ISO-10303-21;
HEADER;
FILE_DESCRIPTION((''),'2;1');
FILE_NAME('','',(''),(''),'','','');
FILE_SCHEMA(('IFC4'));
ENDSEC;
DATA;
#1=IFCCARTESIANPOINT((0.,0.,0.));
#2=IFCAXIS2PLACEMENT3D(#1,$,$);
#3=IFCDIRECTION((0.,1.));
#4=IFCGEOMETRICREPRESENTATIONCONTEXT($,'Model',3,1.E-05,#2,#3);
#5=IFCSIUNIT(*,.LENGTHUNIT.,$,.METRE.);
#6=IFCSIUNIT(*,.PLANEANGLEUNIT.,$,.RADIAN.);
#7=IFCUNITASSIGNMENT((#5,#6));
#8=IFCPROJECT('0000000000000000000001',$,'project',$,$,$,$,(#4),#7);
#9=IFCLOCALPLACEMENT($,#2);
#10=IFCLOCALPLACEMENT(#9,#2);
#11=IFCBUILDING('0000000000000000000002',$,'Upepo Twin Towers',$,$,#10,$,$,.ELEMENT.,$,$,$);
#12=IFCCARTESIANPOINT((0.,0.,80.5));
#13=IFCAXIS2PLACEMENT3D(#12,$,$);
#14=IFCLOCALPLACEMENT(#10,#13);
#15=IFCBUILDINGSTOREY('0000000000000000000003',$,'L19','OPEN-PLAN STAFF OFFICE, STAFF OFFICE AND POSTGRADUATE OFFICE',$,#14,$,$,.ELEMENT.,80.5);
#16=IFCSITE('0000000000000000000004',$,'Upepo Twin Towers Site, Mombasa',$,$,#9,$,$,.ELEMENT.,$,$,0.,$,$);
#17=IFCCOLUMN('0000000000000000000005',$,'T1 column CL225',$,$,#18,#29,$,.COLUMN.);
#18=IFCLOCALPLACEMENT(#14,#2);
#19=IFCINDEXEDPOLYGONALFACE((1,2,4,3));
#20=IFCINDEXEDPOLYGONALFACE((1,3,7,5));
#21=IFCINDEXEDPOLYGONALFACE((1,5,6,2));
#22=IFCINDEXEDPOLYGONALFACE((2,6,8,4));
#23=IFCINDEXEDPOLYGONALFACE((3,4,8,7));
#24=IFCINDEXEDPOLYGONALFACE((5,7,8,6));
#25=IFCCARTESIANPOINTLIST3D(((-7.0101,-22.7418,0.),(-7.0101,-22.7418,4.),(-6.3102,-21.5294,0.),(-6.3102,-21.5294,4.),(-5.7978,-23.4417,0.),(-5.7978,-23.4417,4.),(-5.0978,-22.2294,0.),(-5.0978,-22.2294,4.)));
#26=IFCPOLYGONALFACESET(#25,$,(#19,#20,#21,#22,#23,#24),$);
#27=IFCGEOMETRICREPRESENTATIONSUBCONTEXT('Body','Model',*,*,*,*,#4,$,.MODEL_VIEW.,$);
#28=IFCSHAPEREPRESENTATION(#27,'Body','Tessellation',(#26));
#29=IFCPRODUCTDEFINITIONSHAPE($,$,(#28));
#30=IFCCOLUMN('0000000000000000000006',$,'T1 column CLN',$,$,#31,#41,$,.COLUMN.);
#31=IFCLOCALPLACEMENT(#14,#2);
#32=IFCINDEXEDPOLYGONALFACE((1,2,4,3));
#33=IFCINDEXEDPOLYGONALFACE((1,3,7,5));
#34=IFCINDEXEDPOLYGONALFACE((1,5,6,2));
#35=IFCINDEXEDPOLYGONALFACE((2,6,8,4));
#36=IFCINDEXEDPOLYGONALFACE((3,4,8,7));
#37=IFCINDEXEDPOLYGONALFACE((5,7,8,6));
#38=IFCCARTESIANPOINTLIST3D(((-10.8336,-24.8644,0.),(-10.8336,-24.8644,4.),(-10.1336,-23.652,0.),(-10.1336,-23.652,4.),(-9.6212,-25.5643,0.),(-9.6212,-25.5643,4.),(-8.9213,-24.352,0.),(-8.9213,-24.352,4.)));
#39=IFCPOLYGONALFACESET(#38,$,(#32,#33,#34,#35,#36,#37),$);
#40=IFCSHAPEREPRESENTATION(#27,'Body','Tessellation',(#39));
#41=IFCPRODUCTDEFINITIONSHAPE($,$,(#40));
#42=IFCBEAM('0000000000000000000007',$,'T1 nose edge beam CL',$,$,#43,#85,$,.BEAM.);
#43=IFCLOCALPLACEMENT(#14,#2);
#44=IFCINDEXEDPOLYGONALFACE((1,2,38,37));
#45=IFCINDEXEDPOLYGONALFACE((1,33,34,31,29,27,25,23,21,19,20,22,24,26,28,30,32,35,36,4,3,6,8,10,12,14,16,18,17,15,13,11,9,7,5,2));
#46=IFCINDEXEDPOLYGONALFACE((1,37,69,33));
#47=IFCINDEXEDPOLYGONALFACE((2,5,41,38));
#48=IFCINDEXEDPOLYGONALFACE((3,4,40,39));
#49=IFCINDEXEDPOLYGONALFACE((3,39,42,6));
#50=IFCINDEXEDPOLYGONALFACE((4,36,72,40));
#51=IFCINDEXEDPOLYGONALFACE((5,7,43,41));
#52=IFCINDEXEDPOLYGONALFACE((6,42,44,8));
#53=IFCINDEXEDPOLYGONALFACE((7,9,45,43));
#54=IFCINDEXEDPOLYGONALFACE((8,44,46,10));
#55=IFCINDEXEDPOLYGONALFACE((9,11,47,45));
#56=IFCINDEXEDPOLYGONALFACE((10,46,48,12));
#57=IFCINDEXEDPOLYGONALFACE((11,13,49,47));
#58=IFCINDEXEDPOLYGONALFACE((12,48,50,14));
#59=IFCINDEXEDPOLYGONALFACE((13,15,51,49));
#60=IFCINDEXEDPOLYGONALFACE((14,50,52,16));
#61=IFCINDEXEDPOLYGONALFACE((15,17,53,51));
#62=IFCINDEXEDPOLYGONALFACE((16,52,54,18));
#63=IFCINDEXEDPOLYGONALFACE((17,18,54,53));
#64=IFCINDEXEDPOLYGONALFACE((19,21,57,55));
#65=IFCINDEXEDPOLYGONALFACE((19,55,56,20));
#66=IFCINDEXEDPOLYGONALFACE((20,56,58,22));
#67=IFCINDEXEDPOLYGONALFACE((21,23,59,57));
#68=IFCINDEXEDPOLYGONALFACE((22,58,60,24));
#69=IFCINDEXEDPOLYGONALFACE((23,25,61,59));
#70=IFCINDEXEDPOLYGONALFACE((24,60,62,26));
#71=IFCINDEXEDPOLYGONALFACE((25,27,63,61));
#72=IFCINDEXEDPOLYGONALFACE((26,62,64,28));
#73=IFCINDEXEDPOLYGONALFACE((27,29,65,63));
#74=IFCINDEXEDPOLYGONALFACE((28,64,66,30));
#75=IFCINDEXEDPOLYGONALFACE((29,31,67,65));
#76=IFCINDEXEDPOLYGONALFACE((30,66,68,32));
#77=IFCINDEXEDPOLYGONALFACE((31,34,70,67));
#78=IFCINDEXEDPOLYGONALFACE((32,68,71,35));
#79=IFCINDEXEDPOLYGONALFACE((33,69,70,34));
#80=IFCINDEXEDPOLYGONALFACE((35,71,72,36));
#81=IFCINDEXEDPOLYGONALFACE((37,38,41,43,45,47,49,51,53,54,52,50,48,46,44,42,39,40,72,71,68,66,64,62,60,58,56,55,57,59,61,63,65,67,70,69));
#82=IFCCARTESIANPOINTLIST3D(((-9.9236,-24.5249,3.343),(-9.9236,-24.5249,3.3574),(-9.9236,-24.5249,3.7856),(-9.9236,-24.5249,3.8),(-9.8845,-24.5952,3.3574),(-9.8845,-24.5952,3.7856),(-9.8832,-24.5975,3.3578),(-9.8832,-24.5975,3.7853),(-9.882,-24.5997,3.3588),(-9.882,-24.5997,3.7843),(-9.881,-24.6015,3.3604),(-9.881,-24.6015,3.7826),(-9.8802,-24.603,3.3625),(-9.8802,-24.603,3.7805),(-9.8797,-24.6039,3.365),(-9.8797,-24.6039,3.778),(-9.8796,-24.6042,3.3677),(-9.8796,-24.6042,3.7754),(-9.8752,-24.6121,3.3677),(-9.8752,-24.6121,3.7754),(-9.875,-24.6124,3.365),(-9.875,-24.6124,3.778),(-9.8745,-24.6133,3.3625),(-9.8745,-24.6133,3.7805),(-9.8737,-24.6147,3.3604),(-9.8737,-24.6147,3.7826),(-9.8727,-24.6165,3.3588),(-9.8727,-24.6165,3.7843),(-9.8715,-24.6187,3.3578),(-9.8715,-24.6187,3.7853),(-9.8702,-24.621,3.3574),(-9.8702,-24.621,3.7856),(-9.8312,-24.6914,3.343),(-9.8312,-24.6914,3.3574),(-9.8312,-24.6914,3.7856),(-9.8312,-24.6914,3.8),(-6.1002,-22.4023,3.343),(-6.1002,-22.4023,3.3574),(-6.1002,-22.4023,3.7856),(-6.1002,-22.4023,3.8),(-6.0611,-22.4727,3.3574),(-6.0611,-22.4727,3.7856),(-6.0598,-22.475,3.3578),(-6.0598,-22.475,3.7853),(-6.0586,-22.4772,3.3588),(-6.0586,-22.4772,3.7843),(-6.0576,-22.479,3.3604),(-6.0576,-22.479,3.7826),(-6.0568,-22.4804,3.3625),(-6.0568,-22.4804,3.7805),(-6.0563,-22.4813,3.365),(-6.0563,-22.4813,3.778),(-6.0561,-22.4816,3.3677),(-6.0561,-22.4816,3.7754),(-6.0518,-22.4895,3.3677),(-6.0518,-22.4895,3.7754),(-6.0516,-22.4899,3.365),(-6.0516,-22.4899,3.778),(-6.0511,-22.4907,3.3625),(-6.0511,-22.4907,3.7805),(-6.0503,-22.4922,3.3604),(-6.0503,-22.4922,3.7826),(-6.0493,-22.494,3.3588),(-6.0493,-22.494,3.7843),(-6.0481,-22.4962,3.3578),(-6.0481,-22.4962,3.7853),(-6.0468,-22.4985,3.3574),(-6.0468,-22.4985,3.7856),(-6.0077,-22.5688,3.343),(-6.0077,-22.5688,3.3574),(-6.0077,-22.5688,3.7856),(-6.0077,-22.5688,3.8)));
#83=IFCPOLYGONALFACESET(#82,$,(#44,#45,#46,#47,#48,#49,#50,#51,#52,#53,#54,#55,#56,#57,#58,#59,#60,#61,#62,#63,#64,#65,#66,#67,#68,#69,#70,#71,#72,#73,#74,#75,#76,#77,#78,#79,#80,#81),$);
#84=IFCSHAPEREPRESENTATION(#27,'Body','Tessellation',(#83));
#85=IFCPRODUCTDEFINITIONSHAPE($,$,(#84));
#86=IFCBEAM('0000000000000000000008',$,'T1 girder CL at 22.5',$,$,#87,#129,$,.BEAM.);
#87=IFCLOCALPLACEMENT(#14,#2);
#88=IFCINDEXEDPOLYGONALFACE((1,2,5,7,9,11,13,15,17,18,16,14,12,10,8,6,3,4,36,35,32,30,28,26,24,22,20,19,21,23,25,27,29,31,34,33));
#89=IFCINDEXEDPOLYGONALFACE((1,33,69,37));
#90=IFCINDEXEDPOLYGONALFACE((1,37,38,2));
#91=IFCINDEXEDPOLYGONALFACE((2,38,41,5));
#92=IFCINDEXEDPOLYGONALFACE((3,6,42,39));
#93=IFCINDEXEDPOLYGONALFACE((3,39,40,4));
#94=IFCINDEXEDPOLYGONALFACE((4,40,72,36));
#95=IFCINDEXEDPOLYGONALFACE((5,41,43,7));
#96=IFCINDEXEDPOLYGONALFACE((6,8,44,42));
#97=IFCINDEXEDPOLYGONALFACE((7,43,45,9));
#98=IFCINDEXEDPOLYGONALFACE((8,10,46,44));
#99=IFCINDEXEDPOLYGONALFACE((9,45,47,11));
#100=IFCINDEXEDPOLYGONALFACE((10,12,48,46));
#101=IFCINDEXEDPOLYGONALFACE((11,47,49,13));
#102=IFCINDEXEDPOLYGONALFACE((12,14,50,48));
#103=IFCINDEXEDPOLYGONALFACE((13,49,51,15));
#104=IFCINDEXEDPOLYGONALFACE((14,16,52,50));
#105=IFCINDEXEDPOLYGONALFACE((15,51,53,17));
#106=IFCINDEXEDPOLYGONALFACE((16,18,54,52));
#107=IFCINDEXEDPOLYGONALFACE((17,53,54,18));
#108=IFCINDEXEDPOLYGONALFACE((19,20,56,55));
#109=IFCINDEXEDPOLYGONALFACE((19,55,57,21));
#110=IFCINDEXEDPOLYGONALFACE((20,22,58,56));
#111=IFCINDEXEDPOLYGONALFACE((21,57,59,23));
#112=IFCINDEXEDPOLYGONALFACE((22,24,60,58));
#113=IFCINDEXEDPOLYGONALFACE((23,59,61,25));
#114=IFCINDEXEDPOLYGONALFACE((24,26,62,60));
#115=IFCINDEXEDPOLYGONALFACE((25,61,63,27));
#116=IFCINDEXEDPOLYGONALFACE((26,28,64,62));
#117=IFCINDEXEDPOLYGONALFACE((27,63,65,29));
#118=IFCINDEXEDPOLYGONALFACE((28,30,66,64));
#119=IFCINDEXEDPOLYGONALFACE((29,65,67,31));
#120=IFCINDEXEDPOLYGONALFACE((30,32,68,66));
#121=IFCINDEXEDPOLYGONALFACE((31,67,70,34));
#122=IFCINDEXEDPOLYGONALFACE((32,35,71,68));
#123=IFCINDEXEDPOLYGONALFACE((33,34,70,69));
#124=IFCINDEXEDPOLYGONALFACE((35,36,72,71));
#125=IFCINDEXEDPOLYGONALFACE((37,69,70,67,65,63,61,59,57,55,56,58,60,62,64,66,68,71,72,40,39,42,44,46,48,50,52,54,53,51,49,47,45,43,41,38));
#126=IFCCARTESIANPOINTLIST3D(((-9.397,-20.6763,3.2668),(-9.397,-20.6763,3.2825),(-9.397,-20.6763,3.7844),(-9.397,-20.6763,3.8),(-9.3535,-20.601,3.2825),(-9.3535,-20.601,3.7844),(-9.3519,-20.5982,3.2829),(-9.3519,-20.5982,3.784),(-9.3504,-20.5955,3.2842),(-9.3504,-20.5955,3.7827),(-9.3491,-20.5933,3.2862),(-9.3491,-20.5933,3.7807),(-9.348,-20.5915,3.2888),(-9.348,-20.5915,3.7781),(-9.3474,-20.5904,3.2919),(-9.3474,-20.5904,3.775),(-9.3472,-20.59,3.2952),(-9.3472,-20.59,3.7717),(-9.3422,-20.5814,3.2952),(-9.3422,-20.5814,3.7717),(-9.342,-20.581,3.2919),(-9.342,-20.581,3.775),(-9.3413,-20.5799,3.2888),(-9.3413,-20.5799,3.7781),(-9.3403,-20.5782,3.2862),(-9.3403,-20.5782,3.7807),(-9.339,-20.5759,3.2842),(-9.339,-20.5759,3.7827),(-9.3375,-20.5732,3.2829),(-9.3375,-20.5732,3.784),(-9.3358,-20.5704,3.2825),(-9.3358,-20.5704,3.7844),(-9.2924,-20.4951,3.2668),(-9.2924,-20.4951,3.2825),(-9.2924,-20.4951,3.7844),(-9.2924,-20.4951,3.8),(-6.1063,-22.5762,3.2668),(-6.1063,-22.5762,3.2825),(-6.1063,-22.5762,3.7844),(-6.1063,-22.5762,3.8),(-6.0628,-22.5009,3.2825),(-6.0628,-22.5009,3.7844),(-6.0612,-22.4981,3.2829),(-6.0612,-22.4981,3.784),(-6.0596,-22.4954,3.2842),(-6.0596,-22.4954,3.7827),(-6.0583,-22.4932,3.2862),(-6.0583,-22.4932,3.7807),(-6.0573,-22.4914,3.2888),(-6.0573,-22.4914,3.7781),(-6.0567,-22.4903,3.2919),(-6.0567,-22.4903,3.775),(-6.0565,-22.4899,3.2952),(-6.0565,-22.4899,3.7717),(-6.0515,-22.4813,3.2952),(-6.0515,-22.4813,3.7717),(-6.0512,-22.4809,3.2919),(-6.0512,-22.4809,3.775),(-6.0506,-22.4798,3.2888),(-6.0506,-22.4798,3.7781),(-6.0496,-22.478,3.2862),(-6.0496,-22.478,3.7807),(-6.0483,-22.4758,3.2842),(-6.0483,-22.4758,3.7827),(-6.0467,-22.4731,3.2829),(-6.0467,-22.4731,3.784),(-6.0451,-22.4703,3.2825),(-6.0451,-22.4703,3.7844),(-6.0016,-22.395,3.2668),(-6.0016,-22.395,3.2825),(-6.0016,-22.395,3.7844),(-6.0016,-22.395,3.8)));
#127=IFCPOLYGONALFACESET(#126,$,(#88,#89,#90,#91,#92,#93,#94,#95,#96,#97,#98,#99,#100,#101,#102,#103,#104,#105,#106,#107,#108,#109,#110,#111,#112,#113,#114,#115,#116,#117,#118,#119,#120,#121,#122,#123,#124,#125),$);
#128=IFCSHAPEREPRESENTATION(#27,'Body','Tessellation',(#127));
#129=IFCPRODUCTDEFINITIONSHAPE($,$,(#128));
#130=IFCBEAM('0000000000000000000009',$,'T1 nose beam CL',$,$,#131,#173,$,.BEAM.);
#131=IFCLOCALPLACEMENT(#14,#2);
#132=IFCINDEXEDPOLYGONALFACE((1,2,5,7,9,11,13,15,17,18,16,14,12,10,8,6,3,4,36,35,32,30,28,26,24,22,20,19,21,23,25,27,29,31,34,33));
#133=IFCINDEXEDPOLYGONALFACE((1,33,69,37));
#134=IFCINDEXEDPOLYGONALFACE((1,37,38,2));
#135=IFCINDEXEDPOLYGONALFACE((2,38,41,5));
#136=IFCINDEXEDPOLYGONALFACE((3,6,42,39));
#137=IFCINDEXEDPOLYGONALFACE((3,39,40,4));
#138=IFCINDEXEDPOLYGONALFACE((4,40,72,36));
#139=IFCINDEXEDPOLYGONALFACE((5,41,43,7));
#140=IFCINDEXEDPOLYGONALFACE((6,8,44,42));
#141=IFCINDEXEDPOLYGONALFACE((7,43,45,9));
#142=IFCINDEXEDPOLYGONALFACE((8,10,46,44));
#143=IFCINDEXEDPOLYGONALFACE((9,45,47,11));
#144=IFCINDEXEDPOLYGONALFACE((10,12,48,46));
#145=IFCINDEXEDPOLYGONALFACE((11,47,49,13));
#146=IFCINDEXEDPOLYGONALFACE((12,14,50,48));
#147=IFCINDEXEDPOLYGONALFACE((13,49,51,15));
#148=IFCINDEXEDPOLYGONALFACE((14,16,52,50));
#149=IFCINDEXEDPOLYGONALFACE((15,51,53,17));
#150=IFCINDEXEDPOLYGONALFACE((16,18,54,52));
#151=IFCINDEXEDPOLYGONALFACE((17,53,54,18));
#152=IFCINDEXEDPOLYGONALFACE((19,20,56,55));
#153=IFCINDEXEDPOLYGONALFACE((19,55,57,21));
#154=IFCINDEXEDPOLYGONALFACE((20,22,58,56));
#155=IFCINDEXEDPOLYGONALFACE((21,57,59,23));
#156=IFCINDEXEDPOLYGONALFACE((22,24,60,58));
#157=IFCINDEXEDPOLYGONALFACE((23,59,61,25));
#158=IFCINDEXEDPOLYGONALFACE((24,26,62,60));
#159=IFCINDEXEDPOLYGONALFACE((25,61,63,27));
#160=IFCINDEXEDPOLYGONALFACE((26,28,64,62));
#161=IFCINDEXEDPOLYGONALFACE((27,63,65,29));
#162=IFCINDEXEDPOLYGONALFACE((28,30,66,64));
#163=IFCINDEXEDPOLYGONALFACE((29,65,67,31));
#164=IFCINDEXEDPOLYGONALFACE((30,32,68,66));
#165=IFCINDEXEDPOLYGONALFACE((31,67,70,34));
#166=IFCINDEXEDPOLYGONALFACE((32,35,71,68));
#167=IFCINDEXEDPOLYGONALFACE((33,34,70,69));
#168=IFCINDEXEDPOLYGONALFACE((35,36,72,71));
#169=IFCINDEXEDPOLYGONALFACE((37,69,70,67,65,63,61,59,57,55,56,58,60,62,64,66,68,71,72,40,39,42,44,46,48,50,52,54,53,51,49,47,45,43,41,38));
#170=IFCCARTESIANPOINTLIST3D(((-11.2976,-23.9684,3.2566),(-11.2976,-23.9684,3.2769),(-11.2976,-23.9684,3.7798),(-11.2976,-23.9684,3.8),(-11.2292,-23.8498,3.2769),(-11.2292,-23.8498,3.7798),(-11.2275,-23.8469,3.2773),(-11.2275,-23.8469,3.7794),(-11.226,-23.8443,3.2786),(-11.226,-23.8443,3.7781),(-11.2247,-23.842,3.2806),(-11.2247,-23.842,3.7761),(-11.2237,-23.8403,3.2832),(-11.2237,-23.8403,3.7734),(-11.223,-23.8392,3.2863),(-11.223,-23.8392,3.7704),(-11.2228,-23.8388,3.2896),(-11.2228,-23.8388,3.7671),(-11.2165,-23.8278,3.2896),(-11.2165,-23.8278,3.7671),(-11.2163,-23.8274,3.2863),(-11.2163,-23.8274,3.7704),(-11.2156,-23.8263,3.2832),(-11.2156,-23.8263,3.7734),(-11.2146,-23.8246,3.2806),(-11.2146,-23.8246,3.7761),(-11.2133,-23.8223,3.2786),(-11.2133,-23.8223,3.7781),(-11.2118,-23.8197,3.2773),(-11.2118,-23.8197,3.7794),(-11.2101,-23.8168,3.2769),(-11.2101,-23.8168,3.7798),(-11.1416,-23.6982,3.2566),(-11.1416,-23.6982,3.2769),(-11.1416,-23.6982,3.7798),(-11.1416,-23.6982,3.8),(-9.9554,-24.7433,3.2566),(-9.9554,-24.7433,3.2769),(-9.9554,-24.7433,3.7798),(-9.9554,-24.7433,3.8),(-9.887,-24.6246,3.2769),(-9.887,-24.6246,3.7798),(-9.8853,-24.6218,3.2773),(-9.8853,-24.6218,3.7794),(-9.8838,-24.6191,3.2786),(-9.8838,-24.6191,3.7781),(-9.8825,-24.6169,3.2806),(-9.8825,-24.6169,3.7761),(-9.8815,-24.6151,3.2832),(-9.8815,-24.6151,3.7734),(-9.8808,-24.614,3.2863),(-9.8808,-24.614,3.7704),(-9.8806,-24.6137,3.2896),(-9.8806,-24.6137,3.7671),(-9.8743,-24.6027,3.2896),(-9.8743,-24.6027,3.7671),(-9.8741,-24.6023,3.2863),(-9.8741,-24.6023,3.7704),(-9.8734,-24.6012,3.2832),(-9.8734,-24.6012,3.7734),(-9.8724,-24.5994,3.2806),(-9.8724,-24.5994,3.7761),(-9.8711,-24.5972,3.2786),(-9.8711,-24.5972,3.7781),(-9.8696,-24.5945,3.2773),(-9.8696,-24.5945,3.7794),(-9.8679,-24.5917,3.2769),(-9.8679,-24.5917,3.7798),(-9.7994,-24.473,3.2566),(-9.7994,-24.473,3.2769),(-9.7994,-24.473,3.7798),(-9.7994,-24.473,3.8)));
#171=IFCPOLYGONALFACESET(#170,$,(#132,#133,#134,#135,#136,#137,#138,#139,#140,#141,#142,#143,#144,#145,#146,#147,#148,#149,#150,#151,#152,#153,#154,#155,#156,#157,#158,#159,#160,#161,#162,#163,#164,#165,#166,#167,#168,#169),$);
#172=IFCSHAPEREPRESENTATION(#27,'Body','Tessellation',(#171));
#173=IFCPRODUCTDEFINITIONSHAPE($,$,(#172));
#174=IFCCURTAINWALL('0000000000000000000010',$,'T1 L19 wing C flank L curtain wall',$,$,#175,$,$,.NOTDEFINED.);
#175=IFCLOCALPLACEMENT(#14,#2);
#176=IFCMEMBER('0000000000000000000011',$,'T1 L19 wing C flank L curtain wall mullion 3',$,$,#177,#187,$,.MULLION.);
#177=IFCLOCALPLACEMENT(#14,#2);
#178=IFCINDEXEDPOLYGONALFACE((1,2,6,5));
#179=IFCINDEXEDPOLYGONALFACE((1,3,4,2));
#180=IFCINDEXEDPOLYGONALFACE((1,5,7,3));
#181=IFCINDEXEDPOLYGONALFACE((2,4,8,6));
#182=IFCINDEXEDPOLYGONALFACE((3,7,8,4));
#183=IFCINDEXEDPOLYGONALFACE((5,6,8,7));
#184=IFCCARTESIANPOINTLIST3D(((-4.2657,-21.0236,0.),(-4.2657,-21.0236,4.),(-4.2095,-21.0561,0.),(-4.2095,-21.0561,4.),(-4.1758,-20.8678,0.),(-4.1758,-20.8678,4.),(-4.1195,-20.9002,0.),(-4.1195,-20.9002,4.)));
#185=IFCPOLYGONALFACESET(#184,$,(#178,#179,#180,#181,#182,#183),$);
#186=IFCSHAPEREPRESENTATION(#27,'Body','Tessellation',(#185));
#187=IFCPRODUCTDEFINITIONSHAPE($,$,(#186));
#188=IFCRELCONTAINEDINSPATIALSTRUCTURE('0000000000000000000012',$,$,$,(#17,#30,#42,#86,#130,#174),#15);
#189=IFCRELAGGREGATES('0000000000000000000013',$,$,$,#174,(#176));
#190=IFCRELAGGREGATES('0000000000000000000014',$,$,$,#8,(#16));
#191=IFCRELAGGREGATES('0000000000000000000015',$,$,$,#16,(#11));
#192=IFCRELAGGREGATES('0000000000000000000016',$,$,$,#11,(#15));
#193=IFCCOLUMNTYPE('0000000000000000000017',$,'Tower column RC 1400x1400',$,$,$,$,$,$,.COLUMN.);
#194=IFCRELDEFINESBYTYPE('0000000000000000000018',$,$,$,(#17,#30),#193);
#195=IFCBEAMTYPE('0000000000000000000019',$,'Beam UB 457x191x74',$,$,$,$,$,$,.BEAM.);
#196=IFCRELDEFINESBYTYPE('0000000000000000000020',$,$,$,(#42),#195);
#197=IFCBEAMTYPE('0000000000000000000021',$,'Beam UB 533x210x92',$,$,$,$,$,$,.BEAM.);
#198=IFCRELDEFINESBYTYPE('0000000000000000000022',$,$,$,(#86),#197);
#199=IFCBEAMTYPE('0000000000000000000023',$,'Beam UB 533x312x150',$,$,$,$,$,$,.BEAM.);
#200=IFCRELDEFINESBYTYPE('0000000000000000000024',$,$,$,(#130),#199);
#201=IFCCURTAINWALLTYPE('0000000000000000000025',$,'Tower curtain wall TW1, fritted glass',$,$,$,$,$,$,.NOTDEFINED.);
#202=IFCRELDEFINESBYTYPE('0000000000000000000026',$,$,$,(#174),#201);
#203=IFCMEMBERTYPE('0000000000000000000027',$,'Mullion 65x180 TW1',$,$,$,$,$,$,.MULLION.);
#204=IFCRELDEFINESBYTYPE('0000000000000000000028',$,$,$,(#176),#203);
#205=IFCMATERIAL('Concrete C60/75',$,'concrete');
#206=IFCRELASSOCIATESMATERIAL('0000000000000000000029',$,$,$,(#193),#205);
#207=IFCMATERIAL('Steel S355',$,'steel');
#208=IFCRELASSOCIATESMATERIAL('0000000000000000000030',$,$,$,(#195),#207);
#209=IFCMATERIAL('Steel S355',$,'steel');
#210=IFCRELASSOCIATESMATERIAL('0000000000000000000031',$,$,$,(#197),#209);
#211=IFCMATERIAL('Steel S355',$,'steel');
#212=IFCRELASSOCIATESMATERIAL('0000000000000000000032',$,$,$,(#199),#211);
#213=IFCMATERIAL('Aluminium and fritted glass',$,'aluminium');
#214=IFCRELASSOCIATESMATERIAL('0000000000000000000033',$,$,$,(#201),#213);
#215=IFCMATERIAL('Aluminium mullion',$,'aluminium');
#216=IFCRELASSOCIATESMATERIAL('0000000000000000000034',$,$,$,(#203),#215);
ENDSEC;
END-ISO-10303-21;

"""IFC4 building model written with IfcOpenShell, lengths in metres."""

from ifc_helpers import new_model, si_unit, direction, frame, origin, origin_2d, place, context, subcontext, project, spatial, rectangle, i_section, extrude, material, material_profile, profile_set, type_object, element, aggregate, save


model = new_model("IFC4")

# Units and contexts
model_context = context("Model", 3, precision=1e-05, world=origin(), true_north=direction((0.0, 1.0)))
body_context = subcontext(model_context, "Body", "Model", "MODEL_VIEW")
ifc_project = project(units=[si_unit("LENGTHUNIT", "METRE"), si_unit("PLANEANGLEUNIT", "RADIAN")], contexts=[model_context])

# Site, building, storey
site_placement = place(None, origin())
site = spatial("IfcSite", under=ifc_project, at=site_placement, Name="Upepo Twin Towers Site, Mombasa", CompositionType="ELEMENT", RefElevation=0.0)
building_placement = place(site_placement, origin())
building = spatial("IfcBuilding", under=site, at=building_placement, Name="Upepo Twin Towers", CompositionType="ELEMENT")
storey_placement = place(building_placement, frame((0.0, 0.0, 80.5)))
storey = spatial("IfcBuildingStorey", under=building, at=storey_placement, Name="L19", Description="OPEN-PLAN STAFF OFFICE, STAFF OFFICE AND POSTGRADUATE OFFICE", CompositionType="ELEMENT", Elevation=80.5)

# Columns
ifc_material_1 = material(Name="Concrete C60/75", Category="concrete")
ifc_material_profile_1 = material_profile(ifc_material_1, rectangle(XDim=1.3999, YDim=1.3999, at=origin_2d()), Name="RC 1400x1400")
ifc_profile_set_1 = profile_set([ifc_material_profile_1], Name="Concrete C60/75")
column_type = type_object("IfcColumnType", Name="Tower column RC 1400x1400", PredefinedType="COLUMN", material=ifc_profile_set_1)
for number, where, z_axis, x_axis, name in (
    (1, (-6.054, -22.4856, 0.0), (0.0, 0.0, 1.0), (0.5, 0.866025, 0.0), "T1 column CL225"),
    (2, (-9.8774, -24.6082, 0.0), (0.0, 0.0, 1.0), (0.5, 0.866025, 0.0), "T1 column CLN"),
):
    element("IfcColumn", number, at=place(storey_placement, frame(where, z_axis=z_axis, x_axis=x_axis)), inside=storey, type_object=column_type, Name=name, PredefinedType="COLUMN", context=body_context, shape_type="SweptSolid", body=[
        extrude(rectangle(XDim=1.3999, YDim=1.3999, at=origin_2d()), origin(), (0.0, 0.0, 1.0), 4.0),
    ])

# Beams
ifc_material_2 = material(Name="Steel S355", Category="steel")
ifc_material_profile_2 = material_profile(ifc_material_2, i_section(OverallWidth=0.1904, OverallDepth=0.457, WebThickness=0.009, FlangeThickness=0.0144, FilletRadius=0.0103, at=origin_2d()), Name="UB 457x191x74")
ifc_profile_set_2 = profile_set([ifc_material_profile_2], Name="Steel S355")
beam_type_1 = type_object("IfcBeamType", Name="Beam UB 457x191x74", PredefinedType="BEAM", material=ifc_profile_set_2)
beam_1_placement = place(storey_placement, frame((-6.054, -22.4856, 3.5715), z_axis=(-0.874313, -0.485363, 0.0), x_axis=(0.485363, -0.874313, 0.0)))
element("IfcBeam", 3, at=beam_1_placement, inside=storey, type_object=beam_type_1, Name="T1 nose edge beam CL", PredefinedType="BEAM", context=body_context, shape_type="SweptSolid", body=[
    extrude(i_section(OverallWidth=0.1904, OverallDepth=0.457, WebThickness=0.009, FlangeThickness=0.0144, FilletRadius=0.0103, at=origin_2d()), origin(), (0.0, 0.0, 1.0), 4.373),
])
ifc_material_3 = material(Name="Steel S355", Category="steel")
ifc_material_profile_3 = material_profile(ifc_material_3, i_section(OverallWidth=0.2092, OverallDepth=0.5332, WebThickness=0.01, FlangeThickness=0.0156, FilletRadius=0.0127, at=origin_2d()), Name="UB 533x210x92")
ifc_profile_set_3 = profile_set([ifc_material_profile_3], Name="Steel S355")
beam_type_2 = type_object("IfcBeamType", Name="Beam UB 533x210x92", PredefinedType="BEAM", material=ifc_profile_set_3)
beam_2_placement = place(storey_placement, frame((-6.054, -22.4856, 3.5334), z_axis=(-0.866028, 0.499995, 0.0), x_axis=(-0.499995, -0.866028, 0.0)))
element("IfcBeam", 4, at=beam_2_placement, inside=storey, type_object=beam_type_2, Name="T1 girder CL at 22.5", PredefinedType="BEAM", context=body_context, shape_type="SweptSolid", body=[
    extrude(i_section(OverallWidth=0.2092, OverallDepth=0.5332, WebThickness=0.01, FlangeThickness=0.0156, FilletRadius=0.0127, at=origin_2d()), origin(), (0.0, 0.0, 1.0), 3.7998),
])
ifc_material_4 = material(Name="Steel S355", Category="steel")
ifc_material_profile_4 = material_profile(ifc_material_4, i_section(OverallWidth=0.312, OverallDepth=0.5435, WebThickness=0.0127, FlangeThickness=0.0203, FilletRadius=0.0127, at=origin_2d()), Name="UB 533x312x150")
ifc_profile_set_4 = profile_set([ifc_material_profile_4], Name="Steel S355")
beam_type_3 = type_object("IfcBeamType", Name="Beam UB 533x312x150", PredefinedType="BEAM", material=ifc_profile_set_4)
beam_3_placement = place(storey_placement, frame((-9.8774, -24.6082, 3.5283), z_axis=(-0.866044, 0.499968, 0.0), x_axis=(-0.499968, -0.866044, 0.0)))
element("IfcBeam", 5, at=beam_3_placement, inside=storey, type_object=beam_type_3, Name="T1 nose beam CL", PredefinedType="BEAM", context=body_context, shape_type="SweptSolid", body=[
    extrude(i_section(OverallWidth=0.312, OverallDepth=0.5435, WebThickness=0.0127, FlangeThickness=0.0203, FilletRadius=0.0127, at=origin_2d()), origin(), (0.0, 0.0, 1.0), 1.5498),
])

# Curtain wall, member
ifc_material_5 = material(Name="Aluminium and fritted glass", Category="aluminium")
curtain_wall_type = type_object("IfcCurtainWallType", Name="Tower curtain wall TW1, fritted glass", PredefinedType="NOTDEFINED", material=ifc_material_5)
curtain_wall_1_placement = place(storey_placement, origin())
curtain_wall_1 = element("IfcCurtainWall", 6, at=curtain_wall_1_placement, inside=storey, type_object=curtain_wall_type, Name="T1 L19 wing C flank L curtain wall", PredefinedType="NOTDEFINED")
ifc_material_6 = material(Name="Aluminium mullion", Category="aluminium")
ifc_material_profile_5 = material_profile(ifc_material_6, rectangle(XDim=0.0649, YDim=0.1799, at=origin_2d()), Name="MULLION 65x180")
ifc_profile_set_5 = profile_set([ifc_material_profile_5], Name="Aluminium mullion")
member_type_1 = type_object("IfcMemberType", Name="Mullion 65x180 TW1", PredefinedType="MULLION", material=ifc_profile_set_5)
member_1_placement = place(storey_placement, frame((-4.1926, -20.9619, 0.0), z_axis=(0.0, 0.0, 1.0), x_axis=(0.866025, -0.5, 0.0)))
member_1 = element("IfcMember", 7, at=member_1_placement, type_object=member_type_1, Name="T1 L19 wing C flank L curtain wall mullion 3", PredefinedType="MULLION", context=body_context, shape_type="SweptSolid", body=[
    extrude(rectangle(XDim=0.0649, YDim=0.1799, at=origin_2d()), origin(), (0.0, 0.0, 1.0), 4.0),
])

aggregate(curtain_wall_1, [member_1])

save(model, "model.ifc")
